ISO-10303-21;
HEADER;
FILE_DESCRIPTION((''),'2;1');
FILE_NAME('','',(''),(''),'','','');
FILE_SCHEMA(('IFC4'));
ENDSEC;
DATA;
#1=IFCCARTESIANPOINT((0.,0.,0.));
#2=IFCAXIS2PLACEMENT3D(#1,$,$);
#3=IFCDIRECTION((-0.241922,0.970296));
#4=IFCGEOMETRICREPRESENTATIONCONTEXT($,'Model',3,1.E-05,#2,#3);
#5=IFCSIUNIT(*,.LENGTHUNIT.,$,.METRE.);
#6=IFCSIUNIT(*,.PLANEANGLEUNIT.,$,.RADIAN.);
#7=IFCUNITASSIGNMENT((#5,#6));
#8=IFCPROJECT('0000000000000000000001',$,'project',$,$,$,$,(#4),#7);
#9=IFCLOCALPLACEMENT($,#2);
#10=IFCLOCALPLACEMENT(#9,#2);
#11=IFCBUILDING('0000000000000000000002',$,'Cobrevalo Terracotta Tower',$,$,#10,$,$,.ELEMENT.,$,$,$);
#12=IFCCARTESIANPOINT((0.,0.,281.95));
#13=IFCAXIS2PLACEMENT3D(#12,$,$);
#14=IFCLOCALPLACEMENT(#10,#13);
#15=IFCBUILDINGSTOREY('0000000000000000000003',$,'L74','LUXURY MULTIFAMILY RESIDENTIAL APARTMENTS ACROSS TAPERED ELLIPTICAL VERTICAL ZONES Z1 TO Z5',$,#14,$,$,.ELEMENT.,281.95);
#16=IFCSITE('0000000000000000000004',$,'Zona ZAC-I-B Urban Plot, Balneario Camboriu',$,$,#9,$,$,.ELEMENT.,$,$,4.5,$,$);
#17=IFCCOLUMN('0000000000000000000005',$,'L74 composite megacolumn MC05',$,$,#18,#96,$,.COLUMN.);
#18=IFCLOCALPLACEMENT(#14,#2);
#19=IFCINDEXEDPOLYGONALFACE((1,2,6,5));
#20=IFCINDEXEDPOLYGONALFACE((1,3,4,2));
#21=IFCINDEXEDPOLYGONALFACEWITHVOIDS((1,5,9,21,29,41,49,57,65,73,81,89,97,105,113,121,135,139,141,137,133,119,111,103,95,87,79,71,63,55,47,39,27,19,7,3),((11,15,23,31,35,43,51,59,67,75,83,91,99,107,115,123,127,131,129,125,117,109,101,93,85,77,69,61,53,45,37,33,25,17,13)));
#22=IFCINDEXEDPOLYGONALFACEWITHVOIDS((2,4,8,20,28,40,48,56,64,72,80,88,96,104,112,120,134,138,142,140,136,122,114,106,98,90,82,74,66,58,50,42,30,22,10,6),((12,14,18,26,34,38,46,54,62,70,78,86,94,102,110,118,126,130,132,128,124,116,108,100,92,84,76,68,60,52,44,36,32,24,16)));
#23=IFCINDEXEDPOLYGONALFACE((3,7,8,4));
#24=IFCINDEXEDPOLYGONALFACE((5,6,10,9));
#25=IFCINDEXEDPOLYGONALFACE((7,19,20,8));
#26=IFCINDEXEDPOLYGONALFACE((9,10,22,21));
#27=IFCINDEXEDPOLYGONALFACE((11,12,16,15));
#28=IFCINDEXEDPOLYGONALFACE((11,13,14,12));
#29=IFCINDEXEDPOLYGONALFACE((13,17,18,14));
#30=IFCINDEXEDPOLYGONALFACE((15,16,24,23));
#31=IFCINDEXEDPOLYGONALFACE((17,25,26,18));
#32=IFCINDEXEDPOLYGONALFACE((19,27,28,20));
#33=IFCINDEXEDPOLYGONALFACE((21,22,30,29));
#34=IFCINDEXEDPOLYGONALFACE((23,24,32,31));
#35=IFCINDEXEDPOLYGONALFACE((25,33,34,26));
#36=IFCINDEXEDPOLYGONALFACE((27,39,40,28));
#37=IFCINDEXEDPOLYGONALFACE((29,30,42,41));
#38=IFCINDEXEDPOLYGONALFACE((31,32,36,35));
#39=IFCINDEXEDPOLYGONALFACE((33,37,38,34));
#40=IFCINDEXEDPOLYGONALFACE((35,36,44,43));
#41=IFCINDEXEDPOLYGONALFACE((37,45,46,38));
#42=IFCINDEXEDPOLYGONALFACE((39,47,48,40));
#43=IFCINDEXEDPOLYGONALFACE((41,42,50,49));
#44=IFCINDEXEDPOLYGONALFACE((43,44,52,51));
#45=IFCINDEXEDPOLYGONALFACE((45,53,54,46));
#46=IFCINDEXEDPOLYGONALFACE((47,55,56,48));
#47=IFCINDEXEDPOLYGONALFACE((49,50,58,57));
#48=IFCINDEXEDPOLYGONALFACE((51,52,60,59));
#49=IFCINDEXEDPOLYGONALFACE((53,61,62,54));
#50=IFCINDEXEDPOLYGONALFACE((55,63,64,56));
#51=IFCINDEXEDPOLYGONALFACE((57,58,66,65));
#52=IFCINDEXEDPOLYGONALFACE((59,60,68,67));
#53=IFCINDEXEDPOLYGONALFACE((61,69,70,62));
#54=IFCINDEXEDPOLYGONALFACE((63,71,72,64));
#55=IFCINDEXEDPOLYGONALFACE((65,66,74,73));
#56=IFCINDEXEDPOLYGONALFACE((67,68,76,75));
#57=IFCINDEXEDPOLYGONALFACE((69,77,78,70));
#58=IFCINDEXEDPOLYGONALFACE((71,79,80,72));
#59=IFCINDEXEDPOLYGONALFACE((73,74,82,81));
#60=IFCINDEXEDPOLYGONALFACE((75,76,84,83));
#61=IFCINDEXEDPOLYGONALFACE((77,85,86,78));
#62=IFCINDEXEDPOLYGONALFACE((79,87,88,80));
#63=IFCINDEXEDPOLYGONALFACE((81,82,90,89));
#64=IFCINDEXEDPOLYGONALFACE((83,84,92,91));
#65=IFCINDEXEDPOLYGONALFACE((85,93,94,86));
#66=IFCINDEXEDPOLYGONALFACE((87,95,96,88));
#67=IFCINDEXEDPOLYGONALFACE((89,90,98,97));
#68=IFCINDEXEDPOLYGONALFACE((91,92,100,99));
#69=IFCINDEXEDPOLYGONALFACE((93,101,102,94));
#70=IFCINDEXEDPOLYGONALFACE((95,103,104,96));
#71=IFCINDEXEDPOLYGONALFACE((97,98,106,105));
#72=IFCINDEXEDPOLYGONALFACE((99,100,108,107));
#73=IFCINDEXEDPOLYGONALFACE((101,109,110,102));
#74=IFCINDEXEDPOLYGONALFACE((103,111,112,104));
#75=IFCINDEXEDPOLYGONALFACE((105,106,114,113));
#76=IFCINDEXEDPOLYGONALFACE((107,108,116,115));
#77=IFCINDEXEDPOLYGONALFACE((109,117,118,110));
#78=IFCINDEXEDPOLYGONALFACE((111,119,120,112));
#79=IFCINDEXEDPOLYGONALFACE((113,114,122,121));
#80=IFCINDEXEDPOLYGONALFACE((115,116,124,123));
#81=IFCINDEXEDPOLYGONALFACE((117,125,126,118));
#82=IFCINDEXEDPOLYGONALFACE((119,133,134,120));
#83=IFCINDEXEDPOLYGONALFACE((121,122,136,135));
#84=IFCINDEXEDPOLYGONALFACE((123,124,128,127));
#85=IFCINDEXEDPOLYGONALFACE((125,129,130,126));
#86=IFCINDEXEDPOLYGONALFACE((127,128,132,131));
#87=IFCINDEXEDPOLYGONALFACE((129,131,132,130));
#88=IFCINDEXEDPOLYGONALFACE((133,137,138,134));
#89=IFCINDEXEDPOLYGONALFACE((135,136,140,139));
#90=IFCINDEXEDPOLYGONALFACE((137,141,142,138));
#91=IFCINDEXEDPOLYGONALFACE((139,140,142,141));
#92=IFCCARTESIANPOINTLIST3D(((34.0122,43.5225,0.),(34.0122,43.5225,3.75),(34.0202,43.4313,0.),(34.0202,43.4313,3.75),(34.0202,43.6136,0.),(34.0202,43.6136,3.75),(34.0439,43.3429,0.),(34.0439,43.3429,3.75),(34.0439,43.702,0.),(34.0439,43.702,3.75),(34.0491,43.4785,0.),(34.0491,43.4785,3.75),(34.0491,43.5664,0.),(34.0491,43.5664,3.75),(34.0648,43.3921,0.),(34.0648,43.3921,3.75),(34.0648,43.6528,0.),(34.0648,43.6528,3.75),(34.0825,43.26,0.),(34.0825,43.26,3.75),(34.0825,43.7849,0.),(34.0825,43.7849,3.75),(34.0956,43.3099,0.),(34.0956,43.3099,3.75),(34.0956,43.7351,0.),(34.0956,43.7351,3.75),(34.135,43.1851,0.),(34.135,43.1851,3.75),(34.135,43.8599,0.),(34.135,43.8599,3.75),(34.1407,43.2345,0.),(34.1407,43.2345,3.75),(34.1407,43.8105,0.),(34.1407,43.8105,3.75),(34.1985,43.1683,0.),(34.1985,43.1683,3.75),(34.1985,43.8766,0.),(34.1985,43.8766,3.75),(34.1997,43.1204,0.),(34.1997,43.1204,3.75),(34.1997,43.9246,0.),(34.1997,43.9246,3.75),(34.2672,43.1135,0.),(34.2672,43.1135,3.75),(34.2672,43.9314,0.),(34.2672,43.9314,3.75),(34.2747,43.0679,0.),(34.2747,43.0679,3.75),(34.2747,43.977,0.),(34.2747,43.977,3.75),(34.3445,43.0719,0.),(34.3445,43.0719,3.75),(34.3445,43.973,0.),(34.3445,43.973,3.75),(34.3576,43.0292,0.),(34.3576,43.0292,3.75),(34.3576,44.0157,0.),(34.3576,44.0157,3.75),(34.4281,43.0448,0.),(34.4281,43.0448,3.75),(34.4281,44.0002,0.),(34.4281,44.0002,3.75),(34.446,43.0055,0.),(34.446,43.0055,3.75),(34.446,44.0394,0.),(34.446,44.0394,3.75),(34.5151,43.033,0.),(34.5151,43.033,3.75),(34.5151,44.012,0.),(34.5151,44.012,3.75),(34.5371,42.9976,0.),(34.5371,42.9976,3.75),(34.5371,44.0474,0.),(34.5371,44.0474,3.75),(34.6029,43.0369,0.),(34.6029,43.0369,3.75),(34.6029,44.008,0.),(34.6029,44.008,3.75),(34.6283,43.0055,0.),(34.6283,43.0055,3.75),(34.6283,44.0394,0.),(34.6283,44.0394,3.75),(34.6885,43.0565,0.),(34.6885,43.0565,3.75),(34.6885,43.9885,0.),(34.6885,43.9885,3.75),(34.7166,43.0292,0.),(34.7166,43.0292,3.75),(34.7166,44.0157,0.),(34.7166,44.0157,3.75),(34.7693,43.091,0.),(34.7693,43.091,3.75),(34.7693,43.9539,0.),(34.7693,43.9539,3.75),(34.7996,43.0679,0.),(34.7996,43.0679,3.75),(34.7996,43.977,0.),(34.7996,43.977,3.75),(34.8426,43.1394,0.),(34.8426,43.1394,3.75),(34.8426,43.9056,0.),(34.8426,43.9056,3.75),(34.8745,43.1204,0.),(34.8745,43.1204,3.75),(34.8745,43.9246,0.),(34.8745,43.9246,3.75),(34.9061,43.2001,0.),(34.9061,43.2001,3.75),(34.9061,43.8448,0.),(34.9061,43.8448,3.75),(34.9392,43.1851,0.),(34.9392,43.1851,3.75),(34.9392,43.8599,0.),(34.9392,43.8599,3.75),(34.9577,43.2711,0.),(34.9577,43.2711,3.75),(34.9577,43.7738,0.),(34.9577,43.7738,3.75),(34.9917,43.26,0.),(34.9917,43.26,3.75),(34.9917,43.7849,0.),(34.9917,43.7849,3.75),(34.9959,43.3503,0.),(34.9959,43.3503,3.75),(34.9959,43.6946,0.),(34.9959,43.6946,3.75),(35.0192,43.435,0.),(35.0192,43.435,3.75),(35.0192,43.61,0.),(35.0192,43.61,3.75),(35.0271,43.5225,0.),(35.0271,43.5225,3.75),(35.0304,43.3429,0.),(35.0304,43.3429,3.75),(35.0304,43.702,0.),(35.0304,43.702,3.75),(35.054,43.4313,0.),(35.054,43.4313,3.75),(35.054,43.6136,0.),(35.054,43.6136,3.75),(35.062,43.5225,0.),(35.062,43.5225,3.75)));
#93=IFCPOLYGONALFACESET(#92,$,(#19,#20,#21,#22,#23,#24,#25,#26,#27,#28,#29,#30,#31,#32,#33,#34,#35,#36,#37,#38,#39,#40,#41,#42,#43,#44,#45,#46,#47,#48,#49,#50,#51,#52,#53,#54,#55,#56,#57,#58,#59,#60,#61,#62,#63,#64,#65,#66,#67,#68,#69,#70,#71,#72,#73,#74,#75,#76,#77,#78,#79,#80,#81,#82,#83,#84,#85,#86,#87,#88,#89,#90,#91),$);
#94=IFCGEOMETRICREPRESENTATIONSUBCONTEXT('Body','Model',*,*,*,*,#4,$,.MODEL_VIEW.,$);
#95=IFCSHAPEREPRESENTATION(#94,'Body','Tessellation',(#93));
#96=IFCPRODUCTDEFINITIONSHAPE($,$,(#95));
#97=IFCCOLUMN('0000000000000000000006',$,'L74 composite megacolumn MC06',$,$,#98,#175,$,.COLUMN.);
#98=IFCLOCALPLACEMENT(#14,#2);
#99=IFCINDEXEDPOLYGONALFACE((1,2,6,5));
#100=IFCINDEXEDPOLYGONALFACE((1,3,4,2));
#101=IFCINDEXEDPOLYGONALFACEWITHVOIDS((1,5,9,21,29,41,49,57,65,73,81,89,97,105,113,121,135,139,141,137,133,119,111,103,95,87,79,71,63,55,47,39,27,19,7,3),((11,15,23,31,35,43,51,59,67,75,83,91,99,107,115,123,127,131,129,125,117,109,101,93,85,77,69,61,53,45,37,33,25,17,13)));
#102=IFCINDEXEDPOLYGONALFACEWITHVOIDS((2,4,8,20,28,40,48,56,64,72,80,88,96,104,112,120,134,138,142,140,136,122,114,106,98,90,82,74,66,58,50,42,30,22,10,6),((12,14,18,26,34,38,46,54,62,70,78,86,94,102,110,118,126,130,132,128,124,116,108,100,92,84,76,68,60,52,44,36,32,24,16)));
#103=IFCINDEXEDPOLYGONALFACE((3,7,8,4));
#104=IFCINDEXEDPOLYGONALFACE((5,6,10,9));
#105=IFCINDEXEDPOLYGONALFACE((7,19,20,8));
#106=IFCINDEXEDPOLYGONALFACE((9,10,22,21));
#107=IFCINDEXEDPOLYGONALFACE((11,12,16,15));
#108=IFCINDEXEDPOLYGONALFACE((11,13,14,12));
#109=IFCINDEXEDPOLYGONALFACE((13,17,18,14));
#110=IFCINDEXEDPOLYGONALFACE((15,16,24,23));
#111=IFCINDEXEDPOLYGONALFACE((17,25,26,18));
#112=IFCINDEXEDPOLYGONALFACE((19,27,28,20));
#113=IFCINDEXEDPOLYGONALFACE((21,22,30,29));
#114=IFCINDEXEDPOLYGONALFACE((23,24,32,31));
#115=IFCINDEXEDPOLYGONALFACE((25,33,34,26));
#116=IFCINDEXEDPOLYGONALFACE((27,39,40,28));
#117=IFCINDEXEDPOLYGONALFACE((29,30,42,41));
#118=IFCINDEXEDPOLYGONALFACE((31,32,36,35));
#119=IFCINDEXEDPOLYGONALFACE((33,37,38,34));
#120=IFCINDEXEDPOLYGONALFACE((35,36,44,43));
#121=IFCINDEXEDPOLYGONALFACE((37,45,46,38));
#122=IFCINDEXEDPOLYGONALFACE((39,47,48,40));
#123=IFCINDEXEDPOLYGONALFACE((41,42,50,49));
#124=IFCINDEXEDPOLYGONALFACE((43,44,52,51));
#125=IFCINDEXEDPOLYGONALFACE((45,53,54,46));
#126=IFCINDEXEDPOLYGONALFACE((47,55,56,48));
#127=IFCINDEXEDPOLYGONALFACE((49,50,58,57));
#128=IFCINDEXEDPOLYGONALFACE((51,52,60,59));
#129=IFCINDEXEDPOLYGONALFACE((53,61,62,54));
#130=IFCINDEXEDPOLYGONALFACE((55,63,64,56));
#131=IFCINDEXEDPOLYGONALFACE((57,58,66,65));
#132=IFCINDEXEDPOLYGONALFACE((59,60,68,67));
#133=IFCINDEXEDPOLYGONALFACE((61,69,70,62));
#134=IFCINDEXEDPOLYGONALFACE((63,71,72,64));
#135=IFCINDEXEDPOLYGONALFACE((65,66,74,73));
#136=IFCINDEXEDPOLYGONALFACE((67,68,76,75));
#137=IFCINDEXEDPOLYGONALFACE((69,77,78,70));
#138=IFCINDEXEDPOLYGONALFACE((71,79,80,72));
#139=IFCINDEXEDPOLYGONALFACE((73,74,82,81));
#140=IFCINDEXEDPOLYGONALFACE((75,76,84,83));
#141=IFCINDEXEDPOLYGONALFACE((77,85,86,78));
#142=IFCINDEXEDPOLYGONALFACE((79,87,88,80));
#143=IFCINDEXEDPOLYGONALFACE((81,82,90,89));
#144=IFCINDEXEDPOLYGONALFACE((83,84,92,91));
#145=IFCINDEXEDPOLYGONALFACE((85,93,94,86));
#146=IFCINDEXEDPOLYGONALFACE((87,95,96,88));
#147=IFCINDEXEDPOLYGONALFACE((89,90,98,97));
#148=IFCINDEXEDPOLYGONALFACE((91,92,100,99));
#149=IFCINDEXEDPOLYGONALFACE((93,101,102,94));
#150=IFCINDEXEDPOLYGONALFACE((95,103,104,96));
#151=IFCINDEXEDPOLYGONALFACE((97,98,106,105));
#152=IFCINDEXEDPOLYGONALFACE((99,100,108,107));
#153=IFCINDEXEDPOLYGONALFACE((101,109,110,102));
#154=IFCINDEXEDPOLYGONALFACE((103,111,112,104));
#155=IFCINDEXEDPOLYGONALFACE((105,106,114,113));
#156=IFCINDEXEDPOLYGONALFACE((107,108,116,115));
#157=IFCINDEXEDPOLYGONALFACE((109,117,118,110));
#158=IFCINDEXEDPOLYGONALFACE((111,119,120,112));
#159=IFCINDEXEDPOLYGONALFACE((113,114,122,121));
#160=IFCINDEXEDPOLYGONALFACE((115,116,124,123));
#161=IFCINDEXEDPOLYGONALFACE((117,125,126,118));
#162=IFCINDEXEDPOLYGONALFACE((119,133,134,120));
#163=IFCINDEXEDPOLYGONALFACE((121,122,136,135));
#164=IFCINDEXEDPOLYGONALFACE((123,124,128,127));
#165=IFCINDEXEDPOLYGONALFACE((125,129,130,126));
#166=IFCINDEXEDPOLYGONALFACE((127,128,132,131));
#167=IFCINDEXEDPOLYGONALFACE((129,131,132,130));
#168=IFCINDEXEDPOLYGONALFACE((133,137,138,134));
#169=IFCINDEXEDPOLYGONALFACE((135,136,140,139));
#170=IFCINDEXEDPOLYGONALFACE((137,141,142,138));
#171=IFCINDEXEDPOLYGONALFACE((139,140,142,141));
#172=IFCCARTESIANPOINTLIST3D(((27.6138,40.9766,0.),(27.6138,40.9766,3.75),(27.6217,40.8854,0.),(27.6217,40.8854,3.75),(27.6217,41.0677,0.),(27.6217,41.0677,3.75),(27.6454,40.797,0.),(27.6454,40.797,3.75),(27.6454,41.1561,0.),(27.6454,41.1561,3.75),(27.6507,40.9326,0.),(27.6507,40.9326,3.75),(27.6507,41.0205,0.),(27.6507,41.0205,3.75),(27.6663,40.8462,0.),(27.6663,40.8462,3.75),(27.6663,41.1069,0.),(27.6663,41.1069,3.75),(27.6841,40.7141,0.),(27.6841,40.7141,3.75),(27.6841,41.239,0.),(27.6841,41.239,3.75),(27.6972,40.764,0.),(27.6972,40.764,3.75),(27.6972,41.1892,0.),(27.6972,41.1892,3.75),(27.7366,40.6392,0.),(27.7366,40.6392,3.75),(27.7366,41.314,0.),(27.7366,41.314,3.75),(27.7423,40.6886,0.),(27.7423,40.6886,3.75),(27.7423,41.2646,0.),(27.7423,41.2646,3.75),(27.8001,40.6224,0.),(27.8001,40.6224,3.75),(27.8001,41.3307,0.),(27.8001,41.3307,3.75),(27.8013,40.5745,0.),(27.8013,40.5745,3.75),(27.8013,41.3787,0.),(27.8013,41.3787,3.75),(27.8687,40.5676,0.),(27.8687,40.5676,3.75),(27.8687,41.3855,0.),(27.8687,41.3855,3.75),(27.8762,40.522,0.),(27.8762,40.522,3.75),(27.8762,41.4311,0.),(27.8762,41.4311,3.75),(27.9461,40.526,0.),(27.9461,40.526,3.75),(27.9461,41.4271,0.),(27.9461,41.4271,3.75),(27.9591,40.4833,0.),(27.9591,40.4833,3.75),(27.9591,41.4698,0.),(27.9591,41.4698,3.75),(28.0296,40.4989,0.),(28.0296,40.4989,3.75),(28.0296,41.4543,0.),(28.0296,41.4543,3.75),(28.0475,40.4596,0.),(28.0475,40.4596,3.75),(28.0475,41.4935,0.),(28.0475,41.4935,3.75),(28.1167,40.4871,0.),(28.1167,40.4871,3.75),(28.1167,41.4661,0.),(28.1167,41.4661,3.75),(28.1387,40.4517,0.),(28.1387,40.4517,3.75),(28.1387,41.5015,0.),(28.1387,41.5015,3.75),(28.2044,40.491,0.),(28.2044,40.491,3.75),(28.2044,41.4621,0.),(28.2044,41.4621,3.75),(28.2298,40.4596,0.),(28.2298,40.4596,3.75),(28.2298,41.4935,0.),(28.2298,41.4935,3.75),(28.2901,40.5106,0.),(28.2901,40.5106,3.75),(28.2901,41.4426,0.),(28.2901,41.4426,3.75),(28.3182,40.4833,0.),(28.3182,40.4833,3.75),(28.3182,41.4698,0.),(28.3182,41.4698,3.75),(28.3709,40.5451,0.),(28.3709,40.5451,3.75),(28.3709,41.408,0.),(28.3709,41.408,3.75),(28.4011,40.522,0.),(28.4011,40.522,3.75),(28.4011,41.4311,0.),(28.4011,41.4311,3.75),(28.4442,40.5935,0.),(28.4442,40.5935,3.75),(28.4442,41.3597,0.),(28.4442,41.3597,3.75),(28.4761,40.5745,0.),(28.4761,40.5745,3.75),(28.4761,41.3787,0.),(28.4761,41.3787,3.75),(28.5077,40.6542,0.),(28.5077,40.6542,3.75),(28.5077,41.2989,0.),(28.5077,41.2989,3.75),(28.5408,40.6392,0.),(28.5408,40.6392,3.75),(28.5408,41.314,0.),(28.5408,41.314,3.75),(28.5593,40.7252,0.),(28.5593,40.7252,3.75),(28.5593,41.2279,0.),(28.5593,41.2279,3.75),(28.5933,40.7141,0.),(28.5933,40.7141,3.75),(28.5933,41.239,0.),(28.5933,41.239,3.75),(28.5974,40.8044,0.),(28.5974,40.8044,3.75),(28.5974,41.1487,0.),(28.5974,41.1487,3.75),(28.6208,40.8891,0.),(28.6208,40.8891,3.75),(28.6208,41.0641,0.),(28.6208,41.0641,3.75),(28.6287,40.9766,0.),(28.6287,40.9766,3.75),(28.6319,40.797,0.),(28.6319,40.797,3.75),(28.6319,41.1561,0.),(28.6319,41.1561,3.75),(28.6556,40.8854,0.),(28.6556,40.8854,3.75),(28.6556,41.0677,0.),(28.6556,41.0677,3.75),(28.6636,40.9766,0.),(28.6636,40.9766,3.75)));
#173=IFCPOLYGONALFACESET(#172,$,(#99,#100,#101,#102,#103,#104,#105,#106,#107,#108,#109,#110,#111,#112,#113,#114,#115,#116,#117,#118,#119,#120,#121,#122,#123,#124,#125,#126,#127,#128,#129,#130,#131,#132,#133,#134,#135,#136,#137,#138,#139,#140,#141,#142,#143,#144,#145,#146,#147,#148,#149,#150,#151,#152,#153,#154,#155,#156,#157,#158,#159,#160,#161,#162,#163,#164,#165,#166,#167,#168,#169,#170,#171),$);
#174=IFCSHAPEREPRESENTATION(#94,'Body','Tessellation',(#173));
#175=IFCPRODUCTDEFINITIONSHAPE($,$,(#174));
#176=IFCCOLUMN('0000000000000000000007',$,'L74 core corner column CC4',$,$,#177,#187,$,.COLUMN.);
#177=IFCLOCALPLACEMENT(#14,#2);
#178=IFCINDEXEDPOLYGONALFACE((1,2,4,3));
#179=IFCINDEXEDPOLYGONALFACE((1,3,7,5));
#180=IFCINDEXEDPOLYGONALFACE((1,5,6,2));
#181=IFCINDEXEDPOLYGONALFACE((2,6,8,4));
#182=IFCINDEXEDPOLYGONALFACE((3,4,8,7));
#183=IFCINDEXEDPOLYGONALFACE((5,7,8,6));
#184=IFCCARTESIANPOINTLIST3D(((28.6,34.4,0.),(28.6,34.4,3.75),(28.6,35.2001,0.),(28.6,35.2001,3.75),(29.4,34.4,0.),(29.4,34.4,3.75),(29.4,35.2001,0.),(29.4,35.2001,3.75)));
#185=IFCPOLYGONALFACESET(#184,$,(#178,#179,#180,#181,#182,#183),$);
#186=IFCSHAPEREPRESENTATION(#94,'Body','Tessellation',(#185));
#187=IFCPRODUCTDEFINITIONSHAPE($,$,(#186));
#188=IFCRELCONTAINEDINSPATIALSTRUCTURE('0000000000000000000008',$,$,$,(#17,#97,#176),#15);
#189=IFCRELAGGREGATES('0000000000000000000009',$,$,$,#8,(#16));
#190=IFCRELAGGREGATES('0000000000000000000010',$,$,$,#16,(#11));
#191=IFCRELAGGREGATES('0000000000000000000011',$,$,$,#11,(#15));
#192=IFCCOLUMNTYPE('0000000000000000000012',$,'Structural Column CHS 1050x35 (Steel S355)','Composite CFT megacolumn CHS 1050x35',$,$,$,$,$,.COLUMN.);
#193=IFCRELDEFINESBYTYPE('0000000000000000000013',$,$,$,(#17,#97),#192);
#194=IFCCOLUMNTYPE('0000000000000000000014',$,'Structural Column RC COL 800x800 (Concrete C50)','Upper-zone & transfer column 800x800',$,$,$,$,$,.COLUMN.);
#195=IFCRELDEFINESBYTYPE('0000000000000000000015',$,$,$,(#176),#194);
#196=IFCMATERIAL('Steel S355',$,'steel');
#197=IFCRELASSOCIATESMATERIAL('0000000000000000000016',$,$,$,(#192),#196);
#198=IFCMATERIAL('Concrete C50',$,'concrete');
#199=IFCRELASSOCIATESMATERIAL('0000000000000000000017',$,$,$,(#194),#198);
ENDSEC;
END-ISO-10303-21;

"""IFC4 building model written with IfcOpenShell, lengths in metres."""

from ifc_helpers import new_model, si_unit, direction, frame, origin, origin_2d, place, context, subcontext, project, spatial, rectangle, hollow_circle, extrude, material, material_profile, profile_set, type_object, element, save


model = new_model("IFC4")

# Units and contexts
model_context = context("Model", 3, precision=1e-05, world=origin(), true_north=direction((-0.241922, 0.970296)))
body_context = subcontext(model_context, "Body", "Model", "MODEL_VIEW")
ifc_project = project(units=[si_unit("LENGTHUNIT", "METRE"), si_unit("PLANEANGLEUNIT", "RADIAN")], contexts=[model_context])

# Site, building, storey
site_placement = place(None, origin())
site = spatial("IfcSite", under=ifc_project, at=site_placement, Name="Zona ZAC-I-B Urban Plot, Balneario Camboriu", CompositionType="ELEMENT", RefElevation=4.5)
building_placement = place(site_placement, origin())
building = spatial("IfcBuilding", under=site, at=building_placement, Name="Cobrevalo Terracotta Tower", CompositionType="ELEMENT")
storey_placement = place(building_placement, frame((0.0, 0.0, 281.95)))
storey = spatial("IfcBuildingStorey", under=building, at=storey_placement, Name="L74", Description="LUXURY MULTIFAMILY RESIDENTIAL APARTMENTS ACROSS TAPERED ELLIPTICAL VERTICAL ZONES Z1 TO Z5", CompositionType="ELEMENT", Elevation=281.95)

# Columns
ifc_material_1 = material(Name="Steel S355", Category="steel")
ifc_material_profile_1 = material_profile(ifc_material_1, hollow_circle(Radius=0.5249, WallThickness=0.0349, at=origin_2d()), Name="CHS 1050x35")
ifc_profile_set_1 = profile_set([ifc_material_profile_1], Name="Steel S355")
column_type_1 = type_object("IfcColumnType", Name="Structural Column CHS 1050x35 (Steel S355)", Description="Composite CFT megacolumn CHS 1050x35", PredefinedType="COLUMN", material=ifc_profile_set_1)
for number, where, z_axis, x_axis, name in (
    (1, (34.5371, 43.5225, 0.0), (0.0, 0.0, 1.0), (1.0, 0.0, 0.0), "L74 composite megacolumn MC05"),
    (2, (28.1387, 40.9766, 0.0), (0.0, 0.0, 1.0), (1.0, 0.0, 0.0), "L74 composite megacolumn MC06"),
):
    element("IfcColumn", number, at=place(storey_placement, frame(where, z_axis=z_axis, x_axis=x_axis)), inside=storey, type_object=column_type_1, Name=name, PredefinedType="COLUMN", context=body_context, shape_type="SweptSolid", body=[
        extrude(hollow_circle(Radius=0.5249, WallThickness=0.0349, at=origin_2d()), origin(), (0.0, 0.0, 1.0), 3.75),
    ])
ifc_material_2 = material(Name="Concrete C50", Category="concrete")
ifc_material_profile_2 = material_profile(ifc_material_2, rectangle(XDim=0.8, YDim=0.8, at=origin_2d()), Name="RC COL 800x800")
ifc_profile_set_2 = profile_set([ifc_material_profile_2], Name="Concrete C50")
column_type_2 = type_object("IfcColumnType", Name="Structural Column RC COL 800x800 (Concrete C50)", Description="Upper-zone & transfer column 800x800", PredefinedType="COLUMN", material=ifc_profile_set_2)
column_placement = place(storey_placement, frame((29.0, 34.8, 0.0), z_axis=(0.0, 0.0, 1.0), x_axis=(1.0, 0.0, 0.0)))
element("IfcColumn", 3, at=column_placement, inside=storey, type_object=column_type_2, Name="L74 core corner column CC4", PredefinedType="COLUMN", context=body_context, shape_type="SweptSolid", body=[
    extrude(rectangle(XDim=0.8, YDim=0.8, at=origin_2d()), origin(), (0.0, 0.0, 1.0), 3.75),
])

save(model, "model.ifc")
